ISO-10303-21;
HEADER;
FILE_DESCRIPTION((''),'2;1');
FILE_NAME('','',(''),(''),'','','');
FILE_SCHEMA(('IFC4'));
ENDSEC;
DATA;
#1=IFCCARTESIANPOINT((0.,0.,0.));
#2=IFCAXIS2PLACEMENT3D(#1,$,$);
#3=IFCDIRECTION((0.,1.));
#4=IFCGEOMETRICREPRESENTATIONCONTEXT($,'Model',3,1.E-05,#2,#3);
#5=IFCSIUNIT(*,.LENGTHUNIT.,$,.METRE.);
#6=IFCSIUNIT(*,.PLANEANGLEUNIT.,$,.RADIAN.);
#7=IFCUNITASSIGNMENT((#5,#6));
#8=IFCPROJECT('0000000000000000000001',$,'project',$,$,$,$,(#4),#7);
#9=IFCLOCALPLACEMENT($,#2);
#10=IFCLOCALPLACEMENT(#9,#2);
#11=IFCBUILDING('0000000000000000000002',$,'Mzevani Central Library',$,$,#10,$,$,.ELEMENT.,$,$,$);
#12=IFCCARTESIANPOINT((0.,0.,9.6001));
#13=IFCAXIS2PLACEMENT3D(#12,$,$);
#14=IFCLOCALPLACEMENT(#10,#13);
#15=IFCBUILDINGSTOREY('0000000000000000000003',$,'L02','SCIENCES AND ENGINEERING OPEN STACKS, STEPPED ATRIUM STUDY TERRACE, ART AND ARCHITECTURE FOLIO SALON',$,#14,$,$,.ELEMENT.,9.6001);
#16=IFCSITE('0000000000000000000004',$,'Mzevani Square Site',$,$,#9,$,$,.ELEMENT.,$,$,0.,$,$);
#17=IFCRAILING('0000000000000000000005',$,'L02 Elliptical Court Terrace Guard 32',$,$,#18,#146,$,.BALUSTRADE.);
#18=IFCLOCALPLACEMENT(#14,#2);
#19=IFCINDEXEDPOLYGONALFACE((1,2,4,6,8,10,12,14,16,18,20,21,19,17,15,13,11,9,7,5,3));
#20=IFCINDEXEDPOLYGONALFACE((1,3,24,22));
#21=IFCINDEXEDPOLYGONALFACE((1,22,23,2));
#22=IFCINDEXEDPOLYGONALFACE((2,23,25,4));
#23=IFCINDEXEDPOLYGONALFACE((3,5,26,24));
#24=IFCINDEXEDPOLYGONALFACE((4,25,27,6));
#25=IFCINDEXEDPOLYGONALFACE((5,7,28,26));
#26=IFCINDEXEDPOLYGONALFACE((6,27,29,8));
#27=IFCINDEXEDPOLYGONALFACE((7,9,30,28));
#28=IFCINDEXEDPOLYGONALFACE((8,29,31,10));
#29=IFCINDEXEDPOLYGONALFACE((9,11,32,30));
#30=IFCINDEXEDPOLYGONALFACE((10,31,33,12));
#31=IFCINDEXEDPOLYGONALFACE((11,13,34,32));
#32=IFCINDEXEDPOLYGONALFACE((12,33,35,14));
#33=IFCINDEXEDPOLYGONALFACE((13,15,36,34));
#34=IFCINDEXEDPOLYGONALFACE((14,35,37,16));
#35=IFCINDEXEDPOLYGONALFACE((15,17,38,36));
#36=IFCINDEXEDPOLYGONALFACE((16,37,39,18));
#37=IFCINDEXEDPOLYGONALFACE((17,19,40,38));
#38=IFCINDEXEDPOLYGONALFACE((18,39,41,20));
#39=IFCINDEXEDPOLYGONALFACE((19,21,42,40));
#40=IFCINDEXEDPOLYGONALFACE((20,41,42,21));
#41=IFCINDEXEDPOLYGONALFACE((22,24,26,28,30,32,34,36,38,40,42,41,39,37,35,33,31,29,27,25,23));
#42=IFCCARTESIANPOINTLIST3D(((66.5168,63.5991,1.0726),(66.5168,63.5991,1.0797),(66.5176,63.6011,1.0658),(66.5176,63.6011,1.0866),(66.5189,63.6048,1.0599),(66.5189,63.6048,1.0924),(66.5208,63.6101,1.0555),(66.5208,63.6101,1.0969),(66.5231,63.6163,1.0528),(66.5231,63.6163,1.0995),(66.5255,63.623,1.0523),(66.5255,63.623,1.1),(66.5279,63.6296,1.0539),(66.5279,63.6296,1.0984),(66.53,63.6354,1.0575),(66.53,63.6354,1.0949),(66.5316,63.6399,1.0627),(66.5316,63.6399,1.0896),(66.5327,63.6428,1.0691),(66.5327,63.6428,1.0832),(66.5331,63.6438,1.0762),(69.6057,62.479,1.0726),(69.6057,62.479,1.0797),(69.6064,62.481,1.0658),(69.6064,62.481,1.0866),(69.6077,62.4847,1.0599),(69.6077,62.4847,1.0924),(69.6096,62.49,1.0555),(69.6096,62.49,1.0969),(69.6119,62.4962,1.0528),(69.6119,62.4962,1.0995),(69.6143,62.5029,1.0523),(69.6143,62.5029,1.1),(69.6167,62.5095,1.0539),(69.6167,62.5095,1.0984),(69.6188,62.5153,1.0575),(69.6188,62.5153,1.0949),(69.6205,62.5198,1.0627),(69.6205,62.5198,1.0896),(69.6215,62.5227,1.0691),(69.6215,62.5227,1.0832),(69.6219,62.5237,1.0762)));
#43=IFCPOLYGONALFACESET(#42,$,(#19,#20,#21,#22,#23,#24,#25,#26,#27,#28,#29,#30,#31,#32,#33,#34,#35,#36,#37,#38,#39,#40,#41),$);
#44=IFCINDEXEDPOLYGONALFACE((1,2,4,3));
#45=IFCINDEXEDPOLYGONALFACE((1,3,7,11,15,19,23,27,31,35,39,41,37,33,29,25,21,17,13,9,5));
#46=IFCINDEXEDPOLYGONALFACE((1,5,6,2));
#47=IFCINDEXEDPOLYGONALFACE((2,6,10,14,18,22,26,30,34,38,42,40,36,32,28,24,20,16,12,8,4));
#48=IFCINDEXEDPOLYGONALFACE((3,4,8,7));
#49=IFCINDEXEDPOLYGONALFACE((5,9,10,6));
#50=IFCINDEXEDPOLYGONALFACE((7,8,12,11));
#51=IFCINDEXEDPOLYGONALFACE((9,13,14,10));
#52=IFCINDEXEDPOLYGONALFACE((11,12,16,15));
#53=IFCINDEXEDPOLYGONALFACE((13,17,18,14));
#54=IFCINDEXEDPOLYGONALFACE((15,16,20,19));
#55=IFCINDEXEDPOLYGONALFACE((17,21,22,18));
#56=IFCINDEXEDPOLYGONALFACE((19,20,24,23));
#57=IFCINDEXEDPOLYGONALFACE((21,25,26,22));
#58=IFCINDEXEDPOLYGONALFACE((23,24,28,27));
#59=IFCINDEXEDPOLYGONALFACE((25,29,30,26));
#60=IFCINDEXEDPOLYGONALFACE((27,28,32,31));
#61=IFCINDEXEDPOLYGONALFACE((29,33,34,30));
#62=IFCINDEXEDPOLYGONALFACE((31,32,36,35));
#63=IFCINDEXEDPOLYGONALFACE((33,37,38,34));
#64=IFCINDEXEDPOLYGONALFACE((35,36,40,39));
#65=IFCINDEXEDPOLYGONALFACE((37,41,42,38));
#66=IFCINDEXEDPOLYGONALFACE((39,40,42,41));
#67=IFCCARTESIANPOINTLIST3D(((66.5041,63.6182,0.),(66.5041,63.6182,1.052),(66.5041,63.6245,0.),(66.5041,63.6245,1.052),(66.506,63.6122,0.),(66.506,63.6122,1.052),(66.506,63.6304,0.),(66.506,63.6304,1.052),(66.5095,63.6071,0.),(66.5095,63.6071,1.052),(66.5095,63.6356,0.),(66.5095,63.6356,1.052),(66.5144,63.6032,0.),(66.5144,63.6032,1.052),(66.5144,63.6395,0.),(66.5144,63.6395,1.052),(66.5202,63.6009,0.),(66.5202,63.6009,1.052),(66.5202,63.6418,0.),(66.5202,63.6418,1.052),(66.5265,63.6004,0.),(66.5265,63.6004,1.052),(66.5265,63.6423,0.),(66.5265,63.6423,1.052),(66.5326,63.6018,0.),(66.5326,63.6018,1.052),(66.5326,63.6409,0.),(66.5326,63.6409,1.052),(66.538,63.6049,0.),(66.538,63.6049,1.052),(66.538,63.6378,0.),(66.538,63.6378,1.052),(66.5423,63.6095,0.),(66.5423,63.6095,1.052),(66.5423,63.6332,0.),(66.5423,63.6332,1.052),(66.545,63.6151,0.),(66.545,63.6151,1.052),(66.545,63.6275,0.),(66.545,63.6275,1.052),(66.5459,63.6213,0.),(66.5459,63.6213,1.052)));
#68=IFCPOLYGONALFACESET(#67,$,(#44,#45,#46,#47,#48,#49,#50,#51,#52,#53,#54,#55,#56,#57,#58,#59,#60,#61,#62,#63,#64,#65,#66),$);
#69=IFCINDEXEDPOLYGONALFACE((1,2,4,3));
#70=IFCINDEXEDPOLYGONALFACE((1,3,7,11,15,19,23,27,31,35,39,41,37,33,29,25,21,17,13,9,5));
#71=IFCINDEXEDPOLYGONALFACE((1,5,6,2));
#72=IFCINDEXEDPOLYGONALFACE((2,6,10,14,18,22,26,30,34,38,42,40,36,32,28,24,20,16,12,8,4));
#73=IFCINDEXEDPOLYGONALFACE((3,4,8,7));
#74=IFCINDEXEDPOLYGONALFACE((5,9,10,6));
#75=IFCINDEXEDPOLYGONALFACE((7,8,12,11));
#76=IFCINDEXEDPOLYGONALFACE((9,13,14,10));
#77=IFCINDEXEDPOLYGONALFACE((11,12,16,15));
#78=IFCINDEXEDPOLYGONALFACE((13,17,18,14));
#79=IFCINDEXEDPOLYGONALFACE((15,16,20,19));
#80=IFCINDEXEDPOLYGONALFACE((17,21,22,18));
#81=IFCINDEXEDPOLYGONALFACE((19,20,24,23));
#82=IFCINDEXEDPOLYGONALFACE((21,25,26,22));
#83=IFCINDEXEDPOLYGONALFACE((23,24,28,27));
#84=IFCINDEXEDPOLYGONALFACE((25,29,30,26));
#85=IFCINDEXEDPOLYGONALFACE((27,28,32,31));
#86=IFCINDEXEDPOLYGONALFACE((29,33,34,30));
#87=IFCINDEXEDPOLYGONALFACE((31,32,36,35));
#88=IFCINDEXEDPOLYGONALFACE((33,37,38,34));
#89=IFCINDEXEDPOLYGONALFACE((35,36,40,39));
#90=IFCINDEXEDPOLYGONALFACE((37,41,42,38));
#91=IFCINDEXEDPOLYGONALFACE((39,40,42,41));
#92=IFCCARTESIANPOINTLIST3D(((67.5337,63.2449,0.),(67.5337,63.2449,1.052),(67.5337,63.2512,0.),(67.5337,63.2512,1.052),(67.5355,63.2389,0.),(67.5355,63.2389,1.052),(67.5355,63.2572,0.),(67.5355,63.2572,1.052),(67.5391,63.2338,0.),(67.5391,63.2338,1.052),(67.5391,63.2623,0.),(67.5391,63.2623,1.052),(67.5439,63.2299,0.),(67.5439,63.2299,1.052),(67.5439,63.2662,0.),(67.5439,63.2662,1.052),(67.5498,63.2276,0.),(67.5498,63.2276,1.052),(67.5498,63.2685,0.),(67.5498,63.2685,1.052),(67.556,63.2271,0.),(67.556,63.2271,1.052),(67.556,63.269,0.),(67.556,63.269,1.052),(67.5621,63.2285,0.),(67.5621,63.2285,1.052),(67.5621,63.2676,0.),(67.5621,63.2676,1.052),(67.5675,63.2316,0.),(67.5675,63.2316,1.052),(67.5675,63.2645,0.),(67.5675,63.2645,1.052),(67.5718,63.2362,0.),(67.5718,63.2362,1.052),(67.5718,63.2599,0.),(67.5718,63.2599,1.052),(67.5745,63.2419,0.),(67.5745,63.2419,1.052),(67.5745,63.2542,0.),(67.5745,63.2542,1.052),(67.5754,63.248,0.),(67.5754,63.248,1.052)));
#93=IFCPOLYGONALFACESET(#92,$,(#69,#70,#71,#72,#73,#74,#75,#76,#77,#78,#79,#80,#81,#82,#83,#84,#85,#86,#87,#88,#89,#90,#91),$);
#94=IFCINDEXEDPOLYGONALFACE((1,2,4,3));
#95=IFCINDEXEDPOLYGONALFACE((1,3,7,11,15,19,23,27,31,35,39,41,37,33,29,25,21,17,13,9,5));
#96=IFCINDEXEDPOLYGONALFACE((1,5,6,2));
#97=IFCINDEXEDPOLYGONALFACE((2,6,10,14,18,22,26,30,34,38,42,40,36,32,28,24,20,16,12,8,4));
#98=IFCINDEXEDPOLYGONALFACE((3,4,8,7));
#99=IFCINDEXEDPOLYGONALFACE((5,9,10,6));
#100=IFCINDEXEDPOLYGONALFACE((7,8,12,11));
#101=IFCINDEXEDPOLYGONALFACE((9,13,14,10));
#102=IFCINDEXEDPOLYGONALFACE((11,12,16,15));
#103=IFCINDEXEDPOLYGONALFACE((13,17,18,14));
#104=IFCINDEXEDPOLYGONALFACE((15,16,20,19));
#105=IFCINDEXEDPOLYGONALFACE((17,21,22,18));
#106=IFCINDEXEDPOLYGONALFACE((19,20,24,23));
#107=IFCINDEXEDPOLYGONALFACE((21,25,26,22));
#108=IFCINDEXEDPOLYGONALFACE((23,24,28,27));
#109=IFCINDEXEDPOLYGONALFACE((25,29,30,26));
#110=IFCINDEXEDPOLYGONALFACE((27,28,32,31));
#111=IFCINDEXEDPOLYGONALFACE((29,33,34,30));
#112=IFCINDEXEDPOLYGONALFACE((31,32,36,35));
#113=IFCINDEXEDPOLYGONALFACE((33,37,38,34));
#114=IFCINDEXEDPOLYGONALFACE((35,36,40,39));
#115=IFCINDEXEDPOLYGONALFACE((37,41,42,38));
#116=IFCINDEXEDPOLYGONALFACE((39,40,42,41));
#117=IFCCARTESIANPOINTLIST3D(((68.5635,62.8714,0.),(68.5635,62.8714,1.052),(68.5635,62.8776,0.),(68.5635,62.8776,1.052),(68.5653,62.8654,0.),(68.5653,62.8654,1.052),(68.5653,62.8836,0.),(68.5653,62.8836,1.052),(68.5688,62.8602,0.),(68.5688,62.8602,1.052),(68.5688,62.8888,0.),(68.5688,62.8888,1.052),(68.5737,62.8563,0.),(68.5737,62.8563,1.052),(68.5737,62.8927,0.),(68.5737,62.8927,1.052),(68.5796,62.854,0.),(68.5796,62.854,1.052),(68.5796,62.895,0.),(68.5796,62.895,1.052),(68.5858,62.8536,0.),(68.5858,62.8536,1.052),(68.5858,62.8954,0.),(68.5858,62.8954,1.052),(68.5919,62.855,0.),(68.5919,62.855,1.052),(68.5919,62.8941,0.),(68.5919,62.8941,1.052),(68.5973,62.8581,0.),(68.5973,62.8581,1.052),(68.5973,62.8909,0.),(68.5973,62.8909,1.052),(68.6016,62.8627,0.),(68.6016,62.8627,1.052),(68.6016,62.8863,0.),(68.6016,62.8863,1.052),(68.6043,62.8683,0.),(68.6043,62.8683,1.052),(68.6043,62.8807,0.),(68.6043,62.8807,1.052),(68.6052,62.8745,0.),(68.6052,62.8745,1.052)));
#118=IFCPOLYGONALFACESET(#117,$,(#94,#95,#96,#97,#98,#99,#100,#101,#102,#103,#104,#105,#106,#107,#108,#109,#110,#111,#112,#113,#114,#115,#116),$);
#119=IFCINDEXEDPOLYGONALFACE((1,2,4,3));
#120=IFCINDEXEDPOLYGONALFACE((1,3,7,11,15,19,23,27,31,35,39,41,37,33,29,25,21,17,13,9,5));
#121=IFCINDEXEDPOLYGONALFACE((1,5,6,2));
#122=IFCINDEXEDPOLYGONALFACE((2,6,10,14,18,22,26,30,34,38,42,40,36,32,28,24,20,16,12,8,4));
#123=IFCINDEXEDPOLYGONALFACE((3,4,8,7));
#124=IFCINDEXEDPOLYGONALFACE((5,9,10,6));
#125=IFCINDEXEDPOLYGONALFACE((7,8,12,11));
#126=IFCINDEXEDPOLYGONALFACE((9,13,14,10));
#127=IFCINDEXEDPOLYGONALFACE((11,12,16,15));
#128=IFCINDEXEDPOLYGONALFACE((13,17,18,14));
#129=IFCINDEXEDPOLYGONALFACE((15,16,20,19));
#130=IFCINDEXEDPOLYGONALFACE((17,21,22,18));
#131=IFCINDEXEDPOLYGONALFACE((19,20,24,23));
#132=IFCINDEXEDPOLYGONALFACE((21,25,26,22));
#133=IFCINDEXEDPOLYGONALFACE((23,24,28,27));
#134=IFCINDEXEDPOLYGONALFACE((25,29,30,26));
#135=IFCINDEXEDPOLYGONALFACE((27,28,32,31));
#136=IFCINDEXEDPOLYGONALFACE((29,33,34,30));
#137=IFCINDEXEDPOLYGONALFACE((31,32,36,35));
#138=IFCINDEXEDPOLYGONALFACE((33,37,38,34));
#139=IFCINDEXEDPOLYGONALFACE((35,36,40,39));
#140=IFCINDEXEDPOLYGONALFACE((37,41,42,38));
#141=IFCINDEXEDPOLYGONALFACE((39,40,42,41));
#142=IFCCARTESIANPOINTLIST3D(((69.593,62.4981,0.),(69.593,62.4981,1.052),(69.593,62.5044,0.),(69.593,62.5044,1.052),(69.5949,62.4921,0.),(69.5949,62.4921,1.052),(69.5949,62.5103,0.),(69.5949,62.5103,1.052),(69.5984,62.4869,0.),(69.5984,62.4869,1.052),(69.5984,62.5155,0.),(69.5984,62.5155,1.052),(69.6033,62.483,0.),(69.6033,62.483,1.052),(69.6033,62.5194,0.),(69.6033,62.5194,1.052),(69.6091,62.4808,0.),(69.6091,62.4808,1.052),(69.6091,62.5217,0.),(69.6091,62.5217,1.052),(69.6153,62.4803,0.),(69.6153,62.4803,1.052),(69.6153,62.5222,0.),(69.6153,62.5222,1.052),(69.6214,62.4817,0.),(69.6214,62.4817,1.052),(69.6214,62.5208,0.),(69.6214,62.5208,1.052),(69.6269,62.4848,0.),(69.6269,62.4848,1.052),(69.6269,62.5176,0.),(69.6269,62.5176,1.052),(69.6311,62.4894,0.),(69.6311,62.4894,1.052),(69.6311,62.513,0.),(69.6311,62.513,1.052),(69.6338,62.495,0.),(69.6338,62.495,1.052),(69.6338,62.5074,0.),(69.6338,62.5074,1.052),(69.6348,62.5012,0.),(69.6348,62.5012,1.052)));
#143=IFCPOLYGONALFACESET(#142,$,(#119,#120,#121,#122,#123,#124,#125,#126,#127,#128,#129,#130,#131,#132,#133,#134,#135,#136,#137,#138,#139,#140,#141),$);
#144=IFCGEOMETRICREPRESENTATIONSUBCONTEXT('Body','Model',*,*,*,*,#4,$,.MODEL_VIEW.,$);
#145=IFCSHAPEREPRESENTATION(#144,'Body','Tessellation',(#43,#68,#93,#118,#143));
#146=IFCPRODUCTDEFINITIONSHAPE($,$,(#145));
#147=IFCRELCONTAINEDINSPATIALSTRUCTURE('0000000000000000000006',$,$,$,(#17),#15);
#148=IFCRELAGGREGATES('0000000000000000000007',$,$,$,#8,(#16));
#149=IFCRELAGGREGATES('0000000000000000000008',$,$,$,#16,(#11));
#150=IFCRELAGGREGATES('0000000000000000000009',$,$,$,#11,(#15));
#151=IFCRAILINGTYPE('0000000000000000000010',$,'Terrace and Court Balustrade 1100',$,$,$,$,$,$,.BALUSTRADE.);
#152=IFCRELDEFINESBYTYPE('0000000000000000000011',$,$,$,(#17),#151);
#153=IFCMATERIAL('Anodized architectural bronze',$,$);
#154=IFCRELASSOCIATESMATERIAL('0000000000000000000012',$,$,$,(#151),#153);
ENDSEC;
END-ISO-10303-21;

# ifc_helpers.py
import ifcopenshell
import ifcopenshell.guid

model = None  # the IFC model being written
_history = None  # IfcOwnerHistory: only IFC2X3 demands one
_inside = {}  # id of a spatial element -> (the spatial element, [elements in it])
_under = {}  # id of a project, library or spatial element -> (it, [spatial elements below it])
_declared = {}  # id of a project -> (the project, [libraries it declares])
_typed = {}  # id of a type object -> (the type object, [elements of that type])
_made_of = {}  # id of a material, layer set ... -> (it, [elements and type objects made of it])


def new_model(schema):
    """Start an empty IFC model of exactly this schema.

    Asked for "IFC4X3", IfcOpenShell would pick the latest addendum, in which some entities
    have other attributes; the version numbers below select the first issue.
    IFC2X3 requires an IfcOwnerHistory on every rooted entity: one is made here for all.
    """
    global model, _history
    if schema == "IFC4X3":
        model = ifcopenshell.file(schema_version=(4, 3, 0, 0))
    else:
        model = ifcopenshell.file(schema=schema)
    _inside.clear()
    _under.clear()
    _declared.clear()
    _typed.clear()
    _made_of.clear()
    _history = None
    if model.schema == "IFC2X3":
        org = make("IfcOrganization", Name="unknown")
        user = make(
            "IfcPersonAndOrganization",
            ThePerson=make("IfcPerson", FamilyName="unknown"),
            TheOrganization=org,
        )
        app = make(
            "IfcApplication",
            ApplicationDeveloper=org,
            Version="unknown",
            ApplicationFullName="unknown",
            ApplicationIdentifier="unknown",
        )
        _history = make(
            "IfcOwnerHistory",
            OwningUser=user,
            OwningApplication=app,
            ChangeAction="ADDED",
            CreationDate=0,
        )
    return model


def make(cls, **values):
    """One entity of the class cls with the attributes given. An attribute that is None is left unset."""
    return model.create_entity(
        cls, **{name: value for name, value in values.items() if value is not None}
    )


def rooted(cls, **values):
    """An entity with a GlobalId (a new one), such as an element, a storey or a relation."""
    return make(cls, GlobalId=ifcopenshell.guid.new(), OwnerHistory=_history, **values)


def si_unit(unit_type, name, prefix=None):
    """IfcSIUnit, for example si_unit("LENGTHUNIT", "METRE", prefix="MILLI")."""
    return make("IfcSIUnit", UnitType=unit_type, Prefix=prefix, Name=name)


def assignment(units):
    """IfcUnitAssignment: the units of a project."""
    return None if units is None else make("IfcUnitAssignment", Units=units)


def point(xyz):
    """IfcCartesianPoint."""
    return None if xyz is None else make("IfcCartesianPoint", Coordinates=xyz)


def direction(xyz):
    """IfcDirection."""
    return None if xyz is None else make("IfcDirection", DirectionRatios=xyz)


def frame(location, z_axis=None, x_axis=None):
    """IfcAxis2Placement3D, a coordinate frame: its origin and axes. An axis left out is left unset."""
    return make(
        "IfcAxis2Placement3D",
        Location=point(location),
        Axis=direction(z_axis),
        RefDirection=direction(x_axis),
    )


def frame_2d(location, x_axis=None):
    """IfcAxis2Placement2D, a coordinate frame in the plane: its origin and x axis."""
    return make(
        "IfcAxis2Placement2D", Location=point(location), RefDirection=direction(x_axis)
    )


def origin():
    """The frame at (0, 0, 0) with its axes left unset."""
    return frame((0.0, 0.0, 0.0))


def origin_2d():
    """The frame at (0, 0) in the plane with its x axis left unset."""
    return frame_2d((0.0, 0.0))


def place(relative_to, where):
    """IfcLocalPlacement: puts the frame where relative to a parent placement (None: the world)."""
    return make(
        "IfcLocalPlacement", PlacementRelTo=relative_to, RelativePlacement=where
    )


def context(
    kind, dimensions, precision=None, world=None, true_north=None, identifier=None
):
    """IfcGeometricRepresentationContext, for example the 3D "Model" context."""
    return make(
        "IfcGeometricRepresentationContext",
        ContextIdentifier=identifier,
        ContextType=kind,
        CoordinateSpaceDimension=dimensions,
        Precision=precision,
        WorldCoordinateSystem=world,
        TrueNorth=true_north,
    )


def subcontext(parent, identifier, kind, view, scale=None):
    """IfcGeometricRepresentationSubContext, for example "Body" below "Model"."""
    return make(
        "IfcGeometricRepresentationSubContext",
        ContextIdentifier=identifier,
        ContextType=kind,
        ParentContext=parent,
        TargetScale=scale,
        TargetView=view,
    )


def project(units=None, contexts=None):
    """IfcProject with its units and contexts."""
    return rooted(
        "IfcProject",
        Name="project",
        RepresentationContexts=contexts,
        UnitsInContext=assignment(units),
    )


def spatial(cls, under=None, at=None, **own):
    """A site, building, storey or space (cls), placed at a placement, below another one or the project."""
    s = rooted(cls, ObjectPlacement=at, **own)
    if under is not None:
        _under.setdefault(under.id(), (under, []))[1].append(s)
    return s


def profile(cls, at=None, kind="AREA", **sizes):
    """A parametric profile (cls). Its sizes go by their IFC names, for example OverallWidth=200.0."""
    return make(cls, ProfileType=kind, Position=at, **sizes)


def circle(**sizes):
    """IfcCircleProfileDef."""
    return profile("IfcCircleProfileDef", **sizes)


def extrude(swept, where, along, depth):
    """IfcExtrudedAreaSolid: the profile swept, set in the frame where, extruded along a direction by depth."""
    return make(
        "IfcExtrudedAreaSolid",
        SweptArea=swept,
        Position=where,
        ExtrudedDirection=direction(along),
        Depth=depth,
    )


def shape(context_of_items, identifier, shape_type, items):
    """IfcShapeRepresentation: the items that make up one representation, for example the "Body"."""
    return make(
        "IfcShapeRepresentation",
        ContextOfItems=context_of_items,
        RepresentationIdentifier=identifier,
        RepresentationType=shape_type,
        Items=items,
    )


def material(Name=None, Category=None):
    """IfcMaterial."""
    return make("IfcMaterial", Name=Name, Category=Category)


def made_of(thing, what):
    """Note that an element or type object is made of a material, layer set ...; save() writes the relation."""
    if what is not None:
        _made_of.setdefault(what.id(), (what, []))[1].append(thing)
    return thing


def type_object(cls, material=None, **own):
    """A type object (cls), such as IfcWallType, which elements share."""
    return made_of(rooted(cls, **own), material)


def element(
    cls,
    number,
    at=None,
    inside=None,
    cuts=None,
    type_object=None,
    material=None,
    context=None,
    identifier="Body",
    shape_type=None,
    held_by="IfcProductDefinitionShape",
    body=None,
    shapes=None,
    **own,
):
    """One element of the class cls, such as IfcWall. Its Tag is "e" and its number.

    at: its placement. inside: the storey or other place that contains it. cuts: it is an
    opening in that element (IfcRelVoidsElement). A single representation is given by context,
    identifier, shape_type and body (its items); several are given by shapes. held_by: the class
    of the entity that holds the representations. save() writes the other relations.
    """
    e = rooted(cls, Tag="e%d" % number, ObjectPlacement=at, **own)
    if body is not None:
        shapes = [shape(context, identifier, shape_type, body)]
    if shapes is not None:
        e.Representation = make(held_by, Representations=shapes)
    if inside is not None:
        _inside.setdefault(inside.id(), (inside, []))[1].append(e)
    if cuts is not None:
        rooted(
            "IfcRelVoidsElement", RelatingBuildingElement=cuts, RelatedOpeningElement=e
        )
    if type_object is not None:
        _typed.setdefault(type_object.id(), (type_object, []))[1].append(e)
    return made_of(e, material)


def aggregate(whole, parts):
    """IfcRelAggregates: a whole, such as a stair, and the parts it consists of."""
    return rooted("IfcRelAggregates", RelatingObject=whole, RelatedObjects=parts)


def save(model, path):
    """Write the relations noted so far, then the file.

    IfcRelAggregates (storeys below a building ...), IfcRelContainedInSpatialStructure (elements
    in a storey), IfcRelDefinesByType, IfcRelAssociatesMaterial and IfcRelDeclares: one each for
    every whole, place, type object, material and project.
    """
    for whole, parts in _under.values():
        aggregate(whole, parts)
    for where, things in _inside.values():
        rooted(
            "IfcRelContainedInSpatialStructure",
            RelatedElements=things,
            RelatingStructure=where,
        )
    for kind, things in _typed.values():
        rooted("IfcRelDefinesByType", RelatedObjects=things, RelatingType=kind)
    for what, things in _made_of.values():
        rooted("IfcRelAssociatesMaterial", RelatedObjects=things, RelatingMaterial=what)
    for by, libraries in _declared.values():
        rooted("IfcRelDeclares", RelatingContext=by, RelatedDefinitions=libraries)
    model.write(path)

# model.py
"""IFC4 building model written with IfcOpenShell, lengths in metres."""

from ifc_helpers import new_model, si_unit, direction, frame, origin, origin_2d, place, context, subcontext, project, spatial, circle, extrude, material, type_object, element, save


model = new_model("IFC4")

# Units and contexts
model_context = context("Model", 3, precision=1e-05, world=origin(), true_north=direction((0.0, 1.0)))
body_context = subcontext(model_context, "Body", "Model", "MODEL_VIEW")
ifc_project = project(units=[si_unit("LENGTHUNIT", "METRE"), si_unit("PLANEANGLEUNIT", "RADIAN")], contexts=[model_context])

# Site, building, storey
site_placement = place(None, origin())
site = spatial("IfcSite", under=ifc_project, at=site_placement, Name="Mzevani Square Site", CompositionType="ELEMENT", RefElevation=0.0)
building_placement = place(site_placement, origin())
building = spatial("IfcBuilding", under=site, at=building_placement, Name="Mzevani Central Library", CompositionType="ELEMENT")
storey_placement = place(building_placement, frame((0.0, 0.0, 9.6001)))
storey = spatial("IfcBuildingStorey", under=building, at=storey_placement, Name="L02", Description="SCIENCES AND ENGINEERING OPEN STACKS, STEPPED ATRIUM STUDY TERRACE, ART AND ARCHITECTURE FOLIO SALON", CompositionType="ELEMENT", Elevation=9.6001)

# Railing
ifc_material_1 = material(Name="Anodized architectural bronze")
railing_type = type_object("IfcRailingType", Name="Terrace and Court Balustrade 1100", PredefinedType="BALUSTRADE", material=ifc_material_1)
railing_1_placement = place(storey_placement, frame((66.5249, 63.6213, 0.0)))
element("IfcRailing", 1, at=railing_1_placement, inside=storey, type_object=railing_type, Name="L02 Elliptical Court Terrace Guard 32", PredefinedType="BALUSTRADE", context=body_context, shape_type="SweptSolid", body=[
    extrude(circle(Radius=0.0239, at=origin_2d()), frame((0.0, 0.0, 1.0762), z_axis=(0.940097, -0.340908, 0.0), x_axis=(0.340908, 0.940097, 0.0)), (0.0, 0.0, 1.0), 3.2856),
    extrude(circle(Radius=0.021, at=origin_2d()), origin(), (0.0, 0.0, 1.0), 1.052),
    extrude(circle(Radius=0.021, at=origin_2d()), frame((1.0295, -0.3733, 0.0)), (0.0, 0.0, 1.0), 1.052),
    extrude(circle(Radius=0.021, at=origin_2d()), frame((2.0593, -0.7468, 0.0)), (0.0, 0.0, 1.0), 1.052),
    extrude(circle(Radius=0.021, at=origin_2d()), frame((3.0889, -1.1201, 0.0)), (0.0, 0.0, 1.0), 1.052),
])

save(model, "model.ifc")
